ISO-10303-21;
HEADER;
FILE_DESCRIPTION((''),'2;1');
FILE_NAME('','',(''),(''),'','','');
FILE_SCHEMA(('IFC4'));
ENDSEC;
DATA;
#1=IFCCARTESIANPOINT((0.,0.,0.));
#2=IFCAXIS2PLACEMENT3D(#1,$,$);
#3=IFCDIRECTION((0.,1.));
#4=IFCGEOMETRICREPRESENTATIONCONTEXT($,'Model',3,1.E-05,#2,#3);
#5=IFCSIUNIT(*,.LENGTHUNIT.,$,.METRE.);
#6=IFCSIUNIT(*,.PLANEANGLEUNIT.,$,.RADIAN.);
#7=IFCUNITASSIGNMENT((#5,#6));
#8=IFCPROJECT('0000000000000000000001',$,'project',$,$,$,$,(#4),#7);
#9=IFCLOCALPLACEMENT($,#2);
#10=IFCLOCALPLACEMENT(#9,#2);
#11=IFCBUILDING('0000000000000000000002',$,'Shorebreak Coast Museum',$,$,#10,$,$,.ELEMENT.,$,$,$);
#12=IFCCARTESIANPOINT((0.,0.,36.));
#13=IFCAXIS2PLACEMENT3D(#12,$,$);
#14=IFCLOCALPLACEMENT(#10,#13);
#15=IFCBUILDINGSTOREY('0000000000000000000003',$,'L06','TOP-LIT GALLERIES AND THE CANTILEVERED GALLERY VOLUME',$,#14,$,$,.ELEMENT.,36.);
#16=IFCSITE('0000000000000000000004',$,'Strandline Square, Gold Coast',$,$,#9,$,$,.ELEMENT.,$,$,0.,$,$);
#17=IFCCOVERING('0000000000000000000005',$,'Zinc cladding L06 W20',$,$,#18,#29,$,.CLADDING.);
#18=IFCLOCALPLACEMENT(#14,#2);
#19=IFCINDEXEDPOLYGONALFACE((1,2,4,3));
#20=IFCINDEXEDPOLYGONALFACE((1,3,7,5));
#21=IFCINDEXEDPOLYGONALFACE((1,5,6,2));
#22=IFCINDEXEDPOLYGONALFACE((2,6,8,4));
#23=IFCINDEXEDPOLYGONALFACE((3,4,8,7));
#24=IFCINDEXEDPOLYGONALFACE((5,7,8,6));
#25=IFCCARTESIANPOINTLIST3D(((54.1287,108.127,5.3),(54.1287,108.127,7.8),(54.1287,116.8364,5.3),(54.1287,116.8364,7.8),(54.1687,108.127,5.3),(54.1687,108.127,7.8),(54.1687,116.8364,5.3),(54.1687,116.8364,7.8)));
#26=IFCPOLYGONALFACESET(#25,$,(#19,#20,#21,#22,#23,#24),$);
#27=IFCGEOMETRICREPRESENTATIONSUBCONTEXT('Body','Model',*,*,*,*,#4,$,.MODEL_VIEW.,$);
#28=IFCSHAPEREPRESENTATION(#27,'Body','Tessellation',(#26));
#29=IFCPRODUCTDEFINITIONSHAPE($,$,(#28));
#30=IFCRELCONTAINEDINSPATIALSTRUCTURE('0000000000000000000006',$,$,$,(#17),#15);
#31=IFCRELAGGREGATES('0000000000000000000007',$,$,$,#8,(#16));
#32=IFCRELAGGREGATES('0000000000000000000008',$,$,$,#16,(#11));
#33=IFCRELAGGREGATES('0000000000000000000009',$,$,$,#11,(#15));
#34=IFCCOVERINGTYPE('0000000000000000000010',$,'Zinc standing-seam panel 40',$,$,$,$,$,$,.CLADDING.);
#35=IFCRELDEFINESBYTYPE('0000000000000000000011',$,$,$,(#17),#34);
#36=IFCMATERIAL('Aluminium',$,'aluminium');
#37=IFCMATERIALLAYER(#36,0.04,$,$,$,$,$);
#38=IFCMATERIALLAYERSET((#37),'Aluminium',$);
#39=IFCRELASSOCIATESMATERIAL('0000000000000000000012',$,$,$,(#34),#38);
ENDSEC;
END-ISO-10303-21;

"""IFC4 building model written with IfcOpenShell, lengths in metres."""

from ifc_helpers import new_model, si_unit, direction, frame, origin, origin_2d, place, context, subcontext, project, spatial, rectangle, extrude, material, layer, layer_set, type_object, element, save


model = new_model("IFC4")

# Units and contexts
model_context = context("Model", 3, precision=1e-05, world=origin(), true_north=direction((0.0, 1.0)))
body_context = subcontext(model_context, "Body", "Model", "MODEL_VIEW")
ifc_project = project(units=[si_unit("LENGTHUNIT", "METRE"), si_unit("PLANEANGLEUNIT", "RADIAN")], contexts=[model_context])

# Site, building, storey
site_placement = place(None, origin())
site = spatial("IfcSite", under=ifc_project, at=site_placement, Name="Strandline Square, Gold Coast", CompositionType="ELEMENT", RefElevation=0.0)
building_placement = place(site_placement, origin())
building = spatial("IfcBuilding", under=site, at=building_placement, Name="Shorebreak Coast Museum", CompositionType="ELEMENT")
storey_placement = place(building_placement, frame((0.0, 0.0, 36.0)))
storey = spatial("IfcBuildingStorey", under=building, at=storey_placement, Name="L06", Description="TOP-LIT GALLERIES AND THE CANTILEVERED GALLERY VOLUME", CompositionType="ELEMENT", Elevation=36.0)

# Covering
ifc_material_1 = material(Name="Aluminium", Category="aluminium")
ifc_layer_1 = layer(ifc_material_1, 0.04)
ifc_layer_set_1 = layer_set([ifc_layer_1], Name="Aluminium")
covering_type = type_object("IfcCoveringType", Name="Zinc standing-seam panel 40", PredefinedType="CLADDING", material=ifc_layer_set_1)
covering_1_placement = place(storey_placement, frame((54.1487, 112.4817, 5.3), z_axis=(0.0, 0.0, 1.0), x_axis=(1.0, 0.0, 0.0)))
element("IfcCovering", 1, at=covering_1_placement, inside=storey, type_object=covering_type, Name="Zinc cladding L06 W20", PredefinedType="CLADDING", context=body_context, shape_type="SweptSolid", body=[
    extrude(rectangle(XDim=0.04, YDim=8.7095, at=origin_2d()), origin(), (0.0, 0.0, 1.0), 2.5),
])

save(model, "model.ifc")
